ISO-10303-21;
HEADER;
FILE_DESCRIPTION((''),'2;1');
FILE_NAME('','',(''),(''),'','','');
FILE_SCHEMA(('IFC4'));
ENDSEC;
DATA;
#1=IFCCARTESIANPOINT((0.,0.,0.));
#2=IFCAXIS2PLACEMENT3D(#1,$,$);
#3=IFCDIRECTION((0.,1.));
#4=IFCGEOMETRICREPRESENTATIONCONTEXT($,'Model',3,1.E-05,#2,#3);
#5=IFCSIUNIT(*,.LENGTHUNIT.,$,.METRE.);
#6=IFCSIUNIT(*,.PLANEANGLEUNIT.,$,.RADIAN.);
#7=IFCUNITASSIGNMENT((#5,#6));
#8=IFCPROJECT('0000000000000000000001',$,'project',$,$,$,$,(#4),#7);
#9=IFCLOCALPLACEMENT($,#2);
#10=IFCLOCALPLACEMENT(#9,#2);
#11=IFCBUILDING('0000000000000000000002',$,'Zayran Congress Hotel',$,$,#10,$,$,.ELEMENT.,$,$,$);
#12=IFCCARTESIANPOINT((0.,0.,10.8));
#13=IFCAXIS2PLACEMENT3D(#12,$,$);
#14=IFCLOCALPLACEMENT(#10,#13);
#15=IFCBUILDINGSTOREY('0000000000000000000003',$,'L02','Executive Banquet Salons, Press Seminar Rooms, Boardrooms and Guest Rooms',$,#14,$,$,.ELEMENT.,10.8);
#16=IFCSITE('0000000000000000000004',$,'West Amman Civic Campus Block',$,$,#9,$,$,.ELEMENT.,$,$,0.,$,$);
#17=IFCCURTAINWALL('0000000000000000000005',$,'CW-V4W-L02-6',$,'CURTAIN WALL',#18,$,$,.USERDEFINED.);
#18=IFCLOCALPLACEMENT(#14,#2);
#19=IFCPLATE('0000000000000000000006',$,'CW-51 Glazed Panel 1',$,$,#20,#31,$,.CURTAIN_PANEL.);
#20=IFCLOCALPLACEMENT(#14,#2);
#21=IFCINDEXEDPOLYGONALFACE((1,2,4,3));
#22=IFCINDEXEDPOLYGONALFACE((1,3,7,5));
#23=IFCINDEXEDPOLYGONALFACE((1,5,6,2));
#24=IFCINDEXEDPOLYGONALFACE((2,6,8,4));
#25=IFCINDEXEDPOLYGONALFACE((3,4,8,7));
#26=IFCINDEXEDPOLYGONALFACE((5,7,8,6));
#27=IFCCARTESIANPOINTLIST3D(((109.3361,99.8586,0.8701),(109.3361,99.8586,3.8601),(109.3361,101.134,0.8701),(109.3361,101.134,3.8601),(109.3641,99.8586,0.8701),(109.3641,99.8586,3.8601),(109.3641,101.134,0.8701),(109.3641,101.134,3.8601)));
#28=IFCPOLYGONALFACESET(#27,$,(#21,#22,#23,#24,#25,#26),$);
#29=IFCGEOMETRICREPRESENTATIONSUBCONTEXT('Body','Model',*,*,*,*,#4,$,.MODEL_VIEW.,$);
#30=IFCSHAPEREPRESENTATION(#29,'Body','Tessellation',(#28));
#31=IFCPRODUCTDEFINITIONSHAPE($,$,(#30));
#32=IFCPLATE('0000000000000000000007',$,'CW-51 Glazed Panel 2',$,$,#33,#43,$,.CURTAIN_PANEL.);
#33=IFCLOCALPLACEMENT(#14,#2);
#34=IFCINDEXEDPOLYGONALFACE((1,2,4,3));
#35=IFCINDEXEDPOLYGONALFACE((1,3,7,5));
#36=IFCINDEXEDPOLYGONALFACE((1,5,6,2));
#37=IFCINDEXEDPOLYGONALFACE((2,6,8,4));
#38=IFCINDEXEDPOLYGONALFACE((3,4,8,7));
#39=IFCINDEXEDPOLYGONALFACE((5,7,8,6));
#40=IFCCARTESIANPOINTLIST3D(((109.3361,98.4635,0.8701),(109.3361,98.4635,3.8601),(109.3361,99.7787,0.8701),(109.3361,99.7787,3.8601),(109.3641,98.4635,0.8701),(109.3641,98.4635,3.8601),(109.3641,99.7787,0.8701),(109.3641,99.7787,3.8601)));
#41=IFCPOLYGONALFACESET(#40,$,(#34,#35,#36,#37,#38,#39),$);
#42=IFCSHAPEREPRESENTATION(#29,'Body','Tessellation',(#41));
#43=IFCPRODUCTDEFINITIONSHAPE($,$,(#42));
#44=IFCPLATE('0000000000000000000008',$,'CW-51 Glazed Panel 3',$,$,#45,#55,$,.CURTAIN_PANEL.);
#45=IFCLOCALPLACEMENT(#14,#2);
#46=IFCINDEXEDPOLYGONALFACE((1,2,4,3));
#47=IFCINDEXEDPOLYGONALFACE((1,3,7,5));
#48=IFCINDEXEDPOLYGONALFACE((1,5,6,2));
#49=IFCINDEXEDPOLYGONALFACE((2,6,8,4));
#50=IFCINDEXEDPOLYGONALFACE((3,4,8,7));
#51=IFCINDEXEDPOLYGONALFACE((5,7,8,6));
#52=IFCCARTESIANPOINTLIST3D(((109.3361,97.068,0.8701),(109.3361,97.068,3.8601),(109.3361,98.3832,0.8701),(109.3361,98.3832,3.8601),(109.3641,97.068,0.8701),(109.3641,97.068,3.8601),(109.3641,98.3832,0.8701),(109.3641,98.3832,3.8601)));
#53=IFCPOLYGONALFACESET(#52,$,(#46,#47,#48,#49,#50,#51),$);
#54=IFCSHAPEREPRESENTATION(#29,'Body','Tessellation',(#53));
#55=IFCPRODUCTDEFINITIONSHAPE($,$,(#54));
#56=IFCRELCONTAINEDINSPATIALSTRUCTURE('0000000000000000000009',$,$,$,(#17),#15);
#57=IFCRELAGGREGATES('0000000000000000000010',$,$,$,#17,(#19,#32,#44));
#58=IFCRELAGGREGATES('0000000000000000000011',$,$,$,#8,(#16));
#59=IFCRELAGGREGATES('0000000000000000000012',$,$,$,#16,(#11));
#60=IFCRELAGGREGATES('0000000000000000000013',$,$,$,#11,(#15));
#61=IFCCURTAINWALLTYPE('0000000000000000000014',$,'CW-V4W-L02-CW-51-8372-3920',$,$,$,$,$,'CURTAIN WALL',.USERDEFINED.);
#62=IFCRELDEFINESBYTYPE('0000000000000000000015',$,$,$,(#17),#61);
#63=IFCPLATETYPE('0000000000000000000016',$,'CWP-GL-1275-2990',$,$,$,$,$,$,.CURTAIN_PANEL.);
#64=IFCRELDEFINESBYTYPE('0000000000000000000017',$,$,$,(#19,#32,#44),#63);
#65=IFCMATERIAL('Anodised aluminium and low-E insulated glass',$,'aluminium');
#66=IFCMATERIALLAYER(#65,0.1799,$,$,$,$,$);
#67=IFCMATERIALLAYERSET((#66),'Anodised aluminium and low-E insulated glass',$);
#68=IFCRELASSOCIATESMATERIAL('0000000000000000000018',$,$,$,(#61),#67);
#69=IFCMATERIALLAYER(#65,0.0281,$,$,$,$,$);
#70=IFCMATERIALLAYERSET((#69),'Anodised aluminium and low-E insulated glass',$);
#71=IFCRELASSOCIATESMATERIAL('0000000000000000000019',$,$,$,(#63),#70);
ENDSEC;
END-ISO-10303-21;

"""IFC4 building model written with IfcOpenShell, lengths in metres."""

from ifc_helpers import new_model, si_unit, direction, frame, origin, origin_2d, place, context, subcontext, project, spatial, rectangle, extrude, material, layer, layer_set, type_object, element, aggregate, save


model = new_model("IFC4")

# Units and contexts
model_context = context("Model", 3, precision=1e-05, world=origin(), true_north=direction((0.0, 1.0)))
body_context = subcontext(model_context, "Body", "Model", "MODEL_VIEW")
ifc_project = project(units=[si_unit("LENGTHUNIT", "METRE"), si_unit("PLANEANGLEUNIT", "RADIAN")], contexts=[model_context])

# Site, building, storey
site_placement = place(None, origin())
site = spatial("IfcSite", under=ifc_project, at=site_placement, Name="West Amman Civic Campus Block", CompositionType="ELEMENT", RefElevation=0.0)
building_placement = place(site_placement, origin())
building = spatial("IfcBuilding", under=site, at=building_placement, Name="Zayran Congress Hotel", CompositionType="ELEMENT")
storey_placement = place(building_placement, frame((0.0, 0.0, 10.8)))
storey = spatial("IfcBuildingStorey", under=building, at=storey_placement, Name="L02", Description="Executive Banquet Salons, Press Seminar Rooms, Boardrooms and Guest Rooms", CompositionType="ELEMENT", Elevation=10.8)

# Curtain wall
ifc_material_1 = material(Name="Anodised aluminium and low-E insulated glass", Category="aluminium")
ifc_layer_1 = layer(ifc_material_1, 0.1799)
ifc_layer_set_1 = layer_set([ifc_layer_1], Name="Anodised aluminium and low-E insulated glass")
curtain_wall_type_1 = type_object("IfcCurtainWallType", Name="CW-V4W-L02-CW-51-8372-3920", ElementType="CURTAIN WALL", PredefinedType="USERDEFINED", material=ifc_layer_set_1)
curtain_wall_1_placement = place(storey_placement, origin())
curtain_wall_1 = element("IfcCurtainWall", 1, at=curtain_wall_1_placement, inside=storey, type_object=curtain_wall_type_1, Name="CW-V4W-L02-6", ObjectType="CURTAIN WALL", PredefinedType="USERDEFINED")

# Plates
ifc_layer_2 = layer(ifc_material_1, 0.0281)
ifc_layer_set_2 = layer_set([ifc_layer_2], Name="Anodised aluminium and low-E insulated glass")
plate_type_1 = type_object("IfcPlateType", Name="CWP-GL-1275-2990", PredefinedType="CURTAIN_PANEL", material=ifc_layer_set_2)
plate_1_placement = place(storey_placement, frame((109.3501, 100.4963, 0.8701), z_axis=(0.0, 0.0, 1.0), x_axis=(0.0, 1.0, 0.0)))
plate_1 = element("IfcPlate", 2, at=plate_1_placement, type_object=plate_type_1, Name="CW-51 Glazed Panel 1", PredefinedType="CURTAIN_PANEL", context=body_context, shape_type="SweptSolid", body=[
    extrude(rectangle(XDim=1.2754, YDim=0.0281, at=origin_2d()), origin(), (0.0, 0.0, 1.0), 2.99),
])
plate_2_placement = place(storey_placement, frame((109.3501, 99.1211, 0.8701), z_axis=(0.0, 0.0, 1.0), x_axis=(0.0, 1.0, 0.0)))
plate_2 = element("IfcPlate", 3, at=plate_2_placement, type_object=plate_type_1, Name="CW-51 Glazed Panel 2", PredefinedType="CURTAIN_PANEL", context=body_context, shape_type="SweptSolid", body=[
    extrude(rectangle(XDim=1.3152, YDim=0.0281, at=origin_2d()), origin(), (0.0, 0.0, 1.0), 2.99),
])
plate_3_placement = place(storey_placement, frame((109.3501, 97.7256, 0.8701), z_axis=(0.0, 0.0, 1.0), x_axis=(0.0, 1.0, 0.0)))
plate_3 = element("IfcPlate", 4, at=plate_3_placement, type_object=plate_type_1, Name="CW-51 Glazed Panel 3", PredefinedType="CURTAIN_PANEL", context=body_context, shape_type="SweptSolid", body=[
    extrude(rectangle(XDim=1.3152, YDim=0.0281, at=origin_2d()), origin(), (0.0, 0.0, 1.0), 2.99),
])
aggregate(curtain_wall_1, [plate_1, plate_2, plate_3])

save(model, "model.ifc")
